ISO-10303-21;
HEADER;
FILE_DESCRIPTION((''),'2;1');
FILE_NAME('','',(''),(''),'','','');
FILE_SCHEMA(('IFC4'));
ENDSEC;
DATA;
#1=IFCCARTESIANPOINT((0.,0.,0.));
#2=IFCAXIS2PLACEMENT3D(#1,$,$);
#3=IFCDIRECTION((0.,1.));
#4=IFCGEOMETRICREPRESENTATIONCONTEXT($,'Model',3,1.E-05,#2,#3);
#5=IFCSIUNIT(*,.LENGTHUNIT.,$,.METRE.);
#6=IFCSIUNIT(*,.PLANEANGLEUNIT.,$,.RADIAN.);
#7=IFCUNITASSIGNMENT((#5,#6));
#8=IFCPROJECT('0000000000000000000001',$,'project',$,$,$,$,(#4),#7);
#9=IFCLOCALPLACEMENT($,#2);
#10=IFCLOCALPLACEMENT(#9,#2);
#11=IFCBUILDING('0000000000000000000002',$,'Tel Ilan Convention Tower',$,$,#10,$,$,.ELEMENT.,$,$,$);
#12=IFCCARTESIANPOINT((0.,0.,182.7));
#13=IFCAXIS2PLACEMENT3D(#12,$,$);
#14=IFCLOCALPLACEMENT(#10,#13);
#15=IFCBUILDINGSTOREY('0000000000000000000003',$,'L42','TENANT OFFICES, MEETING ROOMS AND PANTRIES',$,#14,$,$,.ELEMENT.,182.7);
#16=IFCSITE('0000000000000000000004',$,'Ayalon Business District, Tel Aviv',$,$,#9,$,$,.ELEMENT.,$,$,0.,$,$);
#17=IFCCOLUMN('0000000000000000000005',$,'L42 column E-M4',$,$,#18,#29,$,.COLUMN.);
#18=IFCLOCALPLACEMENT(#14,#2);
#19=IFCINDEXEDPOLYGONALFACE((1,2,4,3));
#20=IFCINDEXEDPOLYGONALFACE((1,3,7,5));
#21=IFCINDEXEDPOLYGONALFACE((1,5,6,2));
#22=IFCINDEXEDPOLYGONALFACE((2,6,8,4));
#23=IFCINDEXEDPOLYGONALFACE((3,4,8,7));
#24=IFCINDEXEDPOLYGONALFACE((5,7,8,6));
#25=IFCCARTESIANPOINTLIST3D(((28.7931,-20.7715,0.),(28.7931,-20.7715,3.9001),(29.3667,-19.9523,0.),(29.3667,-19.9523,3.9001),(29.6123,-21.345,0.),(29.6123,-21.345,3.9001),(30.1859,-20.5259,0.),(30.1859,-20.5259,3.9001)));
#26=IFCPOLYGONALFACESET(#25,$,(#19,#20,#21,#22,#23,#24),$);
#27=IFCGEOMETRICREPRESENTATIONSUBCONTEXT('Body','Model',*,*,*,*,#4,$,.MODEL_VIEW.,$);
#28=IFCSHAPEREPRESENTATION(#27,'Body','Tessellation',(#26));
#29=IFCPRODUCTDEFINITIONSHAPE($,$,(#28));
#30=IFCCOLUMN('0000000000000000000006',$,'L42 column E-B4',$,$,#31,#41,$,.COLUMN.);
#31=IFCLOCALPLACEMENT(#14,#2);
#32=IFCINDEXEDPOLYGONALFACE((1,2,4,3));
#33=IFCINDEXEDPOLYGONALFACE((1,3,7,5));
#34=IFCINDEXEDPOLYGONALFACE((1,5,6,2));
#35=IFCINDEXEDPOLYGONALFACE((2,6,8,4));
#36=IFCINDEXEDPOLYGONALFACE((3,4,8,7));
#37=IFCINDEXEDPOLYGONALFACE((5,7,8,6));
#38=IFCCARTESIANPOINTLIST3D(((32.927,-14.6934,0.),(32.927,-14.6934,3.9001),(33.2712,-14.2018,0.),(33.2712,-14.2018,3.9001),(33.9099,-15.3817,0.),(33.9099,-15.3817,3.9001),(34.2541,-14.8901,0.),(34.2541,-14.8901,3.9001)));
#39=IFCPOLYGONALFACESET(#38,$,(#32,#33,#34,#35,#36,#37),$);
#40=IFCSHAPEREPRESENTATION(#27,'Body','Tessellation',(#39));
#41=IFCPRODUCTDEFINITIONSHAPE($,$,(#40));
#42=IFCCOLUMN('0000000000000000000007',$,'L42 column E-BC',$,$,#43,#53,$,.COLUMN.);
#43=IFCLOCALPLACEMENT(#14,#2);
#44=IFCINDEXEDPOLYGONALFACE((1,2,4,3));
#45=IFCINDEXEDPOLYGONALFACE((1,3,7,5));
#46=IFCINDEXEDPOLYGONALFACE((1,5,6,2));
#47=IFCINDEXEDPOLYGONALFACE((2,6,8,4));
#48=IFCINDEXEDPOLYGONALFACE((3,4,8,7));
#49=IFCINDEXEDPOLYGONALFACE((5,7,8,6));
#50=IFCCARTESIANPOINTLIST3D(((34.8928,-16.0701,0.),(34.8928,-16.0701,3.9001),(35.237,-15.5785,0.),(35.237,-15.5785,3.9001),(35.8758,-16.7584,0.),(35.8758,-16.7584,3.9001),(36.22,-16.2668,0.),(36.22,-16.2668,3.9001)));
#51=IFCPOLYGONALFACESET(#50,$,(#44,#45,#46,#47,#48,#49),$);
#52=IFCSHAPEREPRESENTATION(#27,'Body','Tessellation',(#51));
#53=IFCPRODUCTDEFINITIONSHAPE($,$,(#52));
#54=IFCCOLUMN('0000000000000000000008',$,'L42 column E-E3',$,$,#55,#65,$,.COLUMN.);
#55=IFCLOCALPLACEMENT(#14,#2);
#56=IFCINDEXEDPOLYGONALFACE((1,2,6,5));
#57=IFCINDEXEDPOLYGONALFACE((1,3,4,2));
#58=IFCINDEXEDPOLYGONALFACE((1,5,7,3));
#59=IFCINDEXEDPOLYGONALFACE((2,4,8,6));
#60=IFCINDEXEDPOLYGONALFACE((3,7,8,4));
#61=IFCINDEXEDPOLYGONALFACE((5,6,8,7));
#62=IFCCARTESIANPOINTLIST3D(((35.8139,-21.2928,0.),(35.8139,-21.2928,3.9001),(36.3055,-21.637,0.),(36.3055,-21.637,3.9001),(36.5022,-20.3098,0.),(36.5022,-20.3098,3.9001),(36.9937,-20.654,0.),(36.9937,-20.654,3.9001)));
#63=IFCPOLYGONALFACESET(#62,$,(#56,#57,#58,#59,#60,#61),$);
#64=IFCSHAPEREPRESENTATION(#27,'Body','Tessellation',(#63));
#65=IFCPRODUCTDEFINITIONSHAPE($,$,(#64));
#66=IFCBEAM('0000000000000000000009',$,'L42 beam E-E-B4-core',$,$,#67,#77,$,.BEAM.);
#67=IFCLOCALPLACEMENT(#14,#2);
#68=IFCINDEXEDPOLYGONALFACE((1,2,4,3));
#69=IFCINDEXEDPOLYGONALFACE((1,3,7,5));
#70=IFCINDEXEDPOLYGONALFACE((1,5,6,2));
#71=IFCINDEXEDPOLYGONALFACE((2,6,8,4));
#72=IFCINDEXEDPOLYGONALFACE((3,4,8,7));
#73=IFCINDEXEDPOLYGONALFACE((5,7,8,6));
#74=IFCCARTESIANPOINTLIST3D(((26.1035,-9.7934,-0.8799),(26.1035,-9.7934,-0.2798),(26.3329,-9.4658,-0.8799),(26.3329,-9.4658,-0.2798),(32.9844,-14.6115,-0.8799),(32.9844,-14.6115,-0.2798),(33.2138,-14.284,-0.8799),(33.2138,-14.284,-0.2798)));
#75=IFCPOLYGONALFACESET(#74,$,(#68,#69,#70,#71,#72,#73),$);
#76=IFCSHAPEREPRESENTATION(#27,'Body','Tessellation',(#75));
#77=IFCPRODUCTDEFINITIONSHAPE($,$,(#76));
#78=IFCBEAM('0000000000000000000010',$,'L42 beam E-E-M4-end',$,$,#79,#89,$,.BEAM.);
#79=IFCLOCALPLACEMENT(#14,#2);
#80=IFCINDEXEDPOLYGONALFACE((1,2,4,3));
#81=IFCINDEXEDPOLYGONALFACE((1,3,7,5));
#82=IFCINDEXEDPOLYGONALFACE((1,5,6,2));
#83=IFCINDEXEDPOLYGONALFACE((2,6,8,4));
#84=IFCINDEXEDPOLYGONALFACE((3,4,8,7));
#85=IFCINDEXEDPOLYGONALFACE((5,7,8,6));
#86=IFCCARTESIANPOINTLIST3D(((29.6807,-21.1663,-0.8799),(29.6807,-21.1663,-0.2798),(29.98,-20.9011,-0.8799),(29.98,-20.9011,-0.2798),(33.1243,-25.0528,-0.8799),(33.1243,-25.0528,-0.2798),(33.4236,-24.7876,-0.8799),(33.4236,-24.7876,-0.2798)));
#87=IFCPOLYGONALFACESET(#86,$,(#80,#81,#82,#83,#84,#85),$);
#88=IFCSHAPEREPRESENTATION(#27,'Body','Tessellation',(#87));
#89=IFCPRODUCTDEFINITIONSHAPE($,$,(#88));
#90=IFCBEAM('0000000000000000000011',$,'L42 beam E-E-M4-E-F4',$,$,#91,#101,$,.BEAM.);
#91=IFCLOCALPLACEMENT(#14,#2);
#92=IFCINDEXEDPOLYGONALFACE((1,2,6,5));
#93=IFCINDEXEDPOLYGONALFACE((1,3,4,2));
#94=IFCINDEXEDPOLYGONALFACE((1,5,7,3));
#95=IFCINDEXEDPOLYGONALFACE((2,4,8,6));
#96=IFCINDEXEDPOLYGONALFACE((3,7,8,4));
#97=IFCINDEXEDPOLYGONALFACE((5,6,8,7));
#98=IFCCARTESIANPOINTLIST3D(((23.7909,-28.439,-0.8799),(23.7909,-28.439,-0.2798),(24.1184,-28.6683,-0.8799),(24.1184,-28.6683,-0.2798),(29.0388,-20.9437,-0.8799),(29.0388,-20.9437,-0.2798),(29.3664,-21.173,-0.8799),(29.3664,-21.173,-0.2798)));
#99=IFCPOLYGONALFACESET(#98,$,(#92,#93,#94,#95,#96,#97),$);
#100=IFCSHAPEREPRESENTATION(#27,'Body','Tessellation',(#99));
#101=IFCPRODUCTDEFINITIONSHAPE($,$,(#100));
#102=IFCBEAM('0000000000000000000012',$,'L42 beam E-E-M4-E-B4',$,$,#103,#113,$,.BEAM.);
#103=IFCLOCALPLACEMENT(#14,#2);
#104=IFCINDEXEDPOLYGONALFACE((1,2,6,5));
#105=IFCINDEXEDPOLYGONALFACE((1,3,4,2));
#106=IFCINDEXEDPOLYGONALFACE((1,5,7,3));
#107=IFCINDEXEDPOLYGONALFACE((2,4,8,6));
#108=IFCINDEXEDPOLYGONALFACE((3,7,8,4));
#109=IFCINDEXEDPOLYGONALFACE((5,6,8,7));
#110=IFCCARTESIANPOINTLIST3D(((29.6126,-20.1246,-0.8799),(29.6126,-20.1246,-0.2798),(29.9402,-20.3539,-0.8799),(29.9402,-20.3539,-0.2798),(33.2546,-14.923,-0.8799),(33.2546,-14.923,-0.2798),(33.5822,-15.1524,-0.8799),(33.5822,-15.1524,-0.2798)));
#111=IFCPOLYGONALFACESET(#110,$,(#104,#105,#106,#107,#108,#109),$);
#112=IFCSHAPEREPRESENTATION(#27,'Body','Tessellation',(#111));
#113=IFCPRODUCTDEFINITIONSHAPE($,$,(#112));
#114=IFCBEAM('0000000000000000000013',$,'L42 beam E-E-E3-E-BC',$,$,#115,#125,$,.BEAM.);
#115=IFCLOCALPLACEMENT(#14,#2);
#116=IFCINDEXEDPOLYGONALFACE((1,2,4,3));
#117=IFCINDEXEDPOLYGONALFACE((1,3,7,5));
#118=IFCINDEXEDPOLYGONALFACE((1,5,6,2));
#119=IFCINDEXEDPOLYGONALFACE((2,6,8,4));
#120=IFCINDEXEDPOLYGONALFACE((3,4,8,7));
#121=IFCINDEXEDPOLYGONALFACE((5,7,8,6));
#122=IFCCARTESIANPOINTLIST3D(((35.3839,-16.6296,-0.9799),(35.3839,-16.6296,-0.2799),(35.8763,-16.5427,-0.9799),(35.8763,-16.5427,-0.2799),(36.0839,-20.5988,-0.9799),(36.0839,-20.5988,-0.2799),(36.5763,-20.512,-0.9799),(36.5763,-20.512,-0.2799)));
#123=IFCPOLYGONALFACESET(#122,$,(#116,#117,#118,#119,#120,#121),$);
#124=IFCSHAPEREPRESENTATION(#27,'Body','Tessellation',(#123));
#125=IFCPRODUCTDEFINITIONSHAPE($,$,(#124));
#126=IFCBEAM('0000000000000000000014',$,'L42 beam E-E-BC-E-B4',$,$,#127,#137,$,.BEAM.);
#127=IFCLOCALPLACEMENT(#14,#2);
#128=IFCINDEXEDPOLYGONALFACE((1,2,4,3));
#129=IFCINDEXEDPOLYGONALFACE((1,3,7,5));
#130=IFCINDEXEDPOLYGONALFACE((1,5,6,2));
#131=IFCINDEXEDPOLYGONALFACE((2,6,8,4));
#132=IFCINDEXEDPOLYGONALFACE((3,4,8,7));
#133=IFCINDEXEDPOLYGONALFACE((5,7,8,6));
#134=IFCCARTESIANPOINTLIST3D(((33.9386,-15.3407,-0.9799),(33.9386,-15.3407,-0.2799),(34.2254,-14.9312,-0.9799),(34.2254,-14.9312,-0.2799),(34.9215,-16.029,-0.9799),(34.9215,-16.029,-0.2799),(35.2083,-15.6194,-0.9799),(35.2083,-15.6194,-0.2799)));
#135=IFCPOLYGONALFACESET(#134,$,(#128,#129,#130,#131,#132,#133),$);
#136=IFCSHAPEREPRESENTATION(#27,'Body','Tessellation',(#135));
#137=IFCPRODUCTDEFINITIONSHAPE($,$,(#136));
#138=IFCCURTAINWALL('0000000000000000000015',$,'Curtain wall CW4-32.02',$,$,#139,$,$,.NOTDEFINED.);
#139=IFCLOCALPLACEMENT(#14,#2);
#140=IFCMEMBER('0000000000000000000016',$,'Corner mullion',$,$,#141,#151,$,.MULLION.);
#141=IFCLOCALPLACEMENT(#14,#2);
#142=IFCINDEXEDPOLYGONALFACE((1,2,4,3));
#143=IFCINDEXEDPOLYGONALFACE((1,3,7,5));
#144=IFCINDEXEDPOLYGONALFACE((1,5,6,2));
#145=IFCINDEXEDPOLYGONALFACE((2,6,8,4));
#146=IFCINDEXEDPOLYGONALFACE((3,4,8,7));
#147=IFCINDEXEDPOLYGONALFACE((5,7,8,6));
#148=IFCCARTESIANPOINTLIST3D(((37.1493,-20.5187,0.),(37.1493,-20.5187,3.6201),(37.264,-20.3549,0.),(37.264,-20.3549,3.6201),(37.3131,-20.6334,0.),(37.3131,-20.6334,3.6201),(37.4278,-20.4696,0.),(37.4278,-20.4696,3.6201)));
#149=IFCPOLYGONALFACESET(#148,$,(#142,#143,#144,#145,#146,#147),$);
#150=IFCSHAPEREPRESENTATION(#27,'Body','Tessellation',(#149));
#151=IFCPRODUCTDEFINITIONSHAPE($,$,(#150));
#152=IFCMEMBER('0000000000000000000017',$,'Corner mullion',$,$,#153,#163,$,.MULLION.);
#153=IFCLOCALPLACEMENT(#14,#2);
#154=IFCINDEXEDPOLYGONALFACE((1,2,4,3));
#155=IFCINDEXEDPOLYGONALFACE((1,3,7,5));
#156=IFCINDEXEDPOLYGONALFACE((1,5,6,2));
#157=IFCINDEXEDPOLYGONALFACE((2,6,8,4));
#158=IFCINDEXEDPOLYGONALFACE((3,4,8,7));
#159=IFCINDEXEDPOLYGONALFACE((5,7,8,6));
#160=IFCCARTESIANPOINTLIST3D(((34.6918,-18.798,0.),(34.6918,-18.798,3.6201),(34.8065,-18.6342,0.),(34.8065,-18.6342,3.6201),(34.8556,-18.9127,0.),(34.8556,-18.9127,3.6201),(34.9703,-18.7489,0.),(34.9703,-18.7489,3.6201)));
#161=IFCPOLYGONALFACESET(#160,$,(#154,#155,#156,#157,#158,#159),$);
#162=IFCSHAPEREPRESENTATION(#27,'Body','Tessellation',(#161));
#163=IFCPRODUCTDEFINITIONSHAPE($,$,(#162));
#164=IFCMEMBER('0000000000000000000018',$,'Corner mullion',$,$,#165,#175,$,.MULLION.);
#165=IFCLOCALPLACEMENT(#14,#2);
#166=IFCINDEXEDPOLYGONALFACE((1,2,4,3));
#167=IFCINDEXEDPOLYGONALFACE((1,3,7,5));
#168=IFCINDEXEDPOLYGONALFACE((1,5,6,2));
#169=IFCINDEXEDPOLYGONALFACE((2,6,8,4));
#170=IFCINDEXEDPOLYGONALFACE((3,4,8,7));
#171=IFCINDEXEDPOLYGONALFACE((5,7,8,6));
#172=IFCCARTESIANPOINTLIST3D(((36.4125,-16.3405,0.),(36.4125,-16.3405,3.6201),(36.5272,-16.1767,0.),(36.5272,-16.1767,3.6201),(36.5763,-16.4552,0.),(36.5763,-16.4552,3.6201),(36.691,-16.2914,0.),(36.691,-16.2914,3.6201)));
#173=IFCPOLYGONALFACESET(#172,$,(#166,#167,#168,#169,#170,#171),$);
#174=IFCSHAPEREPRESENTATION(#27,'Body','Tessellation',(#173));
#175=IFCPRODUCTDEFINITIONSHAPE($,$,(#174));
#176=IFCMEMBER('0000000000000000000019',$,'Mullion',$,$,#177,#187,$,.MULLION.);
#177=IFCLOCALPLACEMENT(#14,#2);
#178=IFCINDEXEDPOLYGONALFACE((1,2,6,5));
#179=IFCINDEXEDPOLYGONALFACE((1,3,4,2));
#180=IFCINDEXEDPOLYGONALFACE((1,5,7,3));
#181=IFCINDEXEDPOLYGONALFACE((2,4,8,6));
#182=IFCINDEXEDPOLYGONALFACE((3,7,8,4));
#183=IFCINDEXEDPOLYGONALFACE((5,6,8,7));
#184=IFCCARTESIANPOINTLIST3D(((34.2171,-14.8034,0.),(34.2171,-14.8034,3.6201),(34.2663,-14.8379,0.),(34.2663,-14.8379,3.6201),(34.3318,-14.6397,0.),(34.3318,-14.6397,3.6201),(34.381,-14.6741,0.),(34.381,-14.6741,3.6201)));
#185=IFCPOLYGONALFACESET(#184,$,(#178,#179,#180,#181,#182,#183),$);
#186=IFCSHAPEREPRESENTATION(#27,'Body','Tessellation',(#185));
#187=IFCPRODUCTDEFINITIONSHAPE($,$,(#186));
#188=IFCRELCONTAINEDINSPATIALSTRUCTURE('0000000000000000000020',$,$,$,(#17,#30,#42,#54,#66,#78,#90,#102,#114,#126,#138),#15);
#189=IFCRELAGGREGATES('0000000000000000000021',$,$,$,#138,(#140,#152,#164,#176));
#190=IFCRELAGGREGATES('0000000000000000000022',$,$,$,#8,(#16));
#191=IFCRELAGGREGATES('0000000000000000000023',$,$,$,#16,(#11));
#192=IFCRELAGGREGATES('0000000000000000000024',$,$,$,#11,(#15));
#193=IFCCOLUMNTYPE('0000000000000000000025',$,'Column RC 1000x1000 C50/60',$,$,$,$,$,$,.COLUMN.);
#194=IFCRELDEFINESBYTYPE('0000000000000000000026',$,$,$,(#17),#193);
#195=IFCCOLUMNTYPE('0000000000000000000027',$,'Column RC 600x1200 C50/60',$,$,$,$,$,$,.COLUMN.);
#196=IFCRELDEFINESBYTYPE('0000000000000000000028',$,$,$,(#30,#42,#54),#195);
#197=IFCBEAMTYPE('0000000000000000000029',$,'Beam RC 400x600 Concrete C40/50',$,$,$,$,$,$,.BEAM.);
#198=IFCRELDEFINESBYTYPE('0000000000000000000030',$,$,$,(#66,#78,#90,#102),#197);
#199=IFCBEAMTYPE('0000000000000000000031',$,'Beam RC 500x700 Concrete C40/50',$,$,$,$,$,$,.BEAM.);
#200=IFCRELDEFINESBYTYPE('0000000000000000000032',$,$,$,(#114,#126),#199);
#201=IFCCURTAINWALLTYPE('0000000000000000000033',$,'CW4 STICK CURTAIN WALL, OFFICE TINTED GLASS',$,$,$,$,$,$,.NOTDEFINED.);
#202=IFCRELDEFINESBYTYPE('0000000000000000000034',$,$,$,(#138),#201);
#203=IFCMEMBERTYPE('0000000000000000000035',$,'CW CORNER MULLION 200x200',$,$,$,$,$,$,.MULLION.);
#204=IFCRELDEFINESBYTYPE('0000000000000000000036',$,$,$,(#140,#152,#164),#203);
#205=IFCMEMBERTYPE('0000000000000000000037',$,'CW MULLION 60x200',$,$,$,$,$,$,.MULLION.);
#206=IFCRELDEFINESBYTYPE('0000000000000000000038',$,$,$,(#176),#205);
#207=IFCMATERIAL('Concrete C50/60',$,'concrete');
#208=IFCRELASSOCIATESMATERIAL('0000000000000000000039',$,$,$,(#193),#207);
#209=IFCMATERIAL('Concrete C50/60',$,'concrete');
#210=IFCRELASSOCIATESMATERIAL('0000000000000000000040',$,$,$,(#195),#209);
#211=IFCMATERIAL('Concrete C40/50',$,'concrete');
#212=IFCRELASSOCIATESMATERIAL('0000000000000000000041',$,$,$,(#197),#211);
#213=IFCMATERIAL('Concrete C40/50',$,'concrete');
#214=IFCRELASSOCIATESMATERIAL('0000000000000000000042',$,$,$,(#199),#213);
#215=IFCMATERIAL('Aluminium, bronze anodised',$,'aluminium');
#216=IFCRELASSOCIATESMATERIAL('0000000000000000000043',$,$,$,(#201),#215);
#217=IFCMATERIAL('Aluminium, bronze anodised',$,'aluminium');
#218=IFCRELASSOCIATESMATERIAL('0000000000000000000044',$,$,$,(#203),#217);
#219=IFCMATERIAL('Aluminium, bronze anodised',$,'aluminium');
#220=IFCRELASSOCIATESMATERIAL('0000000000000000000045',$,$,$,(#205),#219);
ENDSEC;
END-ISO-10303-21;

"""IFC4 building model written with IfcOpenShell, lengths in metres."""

from ifc_helpers import new_model, si_unit, direction, frame, origin, origin_2d, place, context, subcontext, project, spatial, rectangle, extrude, material, material_profile, profile_set, type_object, element, aggregate, save


model = new_model("IFC4")

# Units and contexts
model_context = context("Model", 3, precision=1e-05, world=origin(), true_north=direction((0.0, 1.0)))
body_context = subcontext(model_context, "Body", "Model", "MODEL_VIEW")
ifc_project = project(units=[si_unit("LENGTHUNIT", "METRE"), si_unit("PLANEANGLEUNIT", "RADIAN")], contexts=[model_context])

# Site, building, storey
site_placement = place(None, origin())
site = spatial("IfcSite", under=ifc_project, at=site_placement, Name="Ayalon Business District, Tel Aviv", CompositionType="ELEMENT", RefElevation=0.0)
building_placement = place(site_placement, origin())
building = spatial("IfcBuilding", under=site, at=building_placement, Name="Tel Ilan Convention Tower", CompositionType="ELEMENT")
storey_placement = place(building_placement, frame((0.0, 0.0, 182.7)))
storey = spatial("IfcBuildingStorey", under=building, at=storey_placement, Name="L42", Description="TENANT OFFICES, MEETING ROOMS AND PANTRIES", CompositionType="ELEMENT", Elevation=182.7)

# Columns
ifc_material_1 = material(Name="Concrete C50/60", Category="concrete")
ifc_material_profile_1 = material_profile(ifc_material_1, rectangle(XDim=1.0, YDim=1.0, at=origin_2d()), Name="RC 1000x1000")
ifc_profile_set_1 = profile_set([ifc_material_profile_1], Name="Concrete C50/60")
column_type_1 = type_object("IfcColumnType", Name="Column RC 1000x1000 C50/60", PredefinedType="COLUMN", material=ifc_profile_set_1)
column_placement = place(storey_placement, frame((29.4895, -20.6487, 0.0), z_axis=(0.0, 0.0, 1.0), x_axis=(0.819152, -0.573576, 0.0)))
element("IfcColumn", 1, at=column_placement, inside=storey, type_object=column_type_1, Name="L42 column E-M4", PredefinedType="COLUMN", context=body_context, shape_type="SweptSolid", body=[
    extrude(rectangle(XDim=1.0, YDim=1.0, at=origin_2d()), origin(), (0.0, 0.0, 1.0), 3.9001),
])
ifc_material_2 = material(Name="Concrete C50/60", Category="concrete")
ifc_material_profile_2 = material_profile(ifc_material_2, rectangle(XDim=1.2, YDim=0.6001, at=origin_2d()), Name="RC 600x1200")
ifc_profile_set_2 = profile_set([ifc_material_profile_2], Name="Concrete C50/60")
column_type_2 = type_object("IfcColumnType", Name="Column RC 600x1200 C50/60", PredefinedType="COLUMN", material=ifc_profile_set_2)
for number, where, z_axis, x_axis, name in (
    (2, (33.5906, -14.7917, 0.0), (0.0, 0.0, 1.0), (0.819152, -0.573576, 0.0), "L42 column E-B4"),
    (3, (35.5564, -16.1685, 0.0), (0.0, 0.0, 1.0), (0.819152, -0.573576, 0.0), "L42 column E-BC"),
    (4, (36.4038, -20.9734, 0.0), (0.0, 0.0, 1.0), (0.573576, 0.819152, 0.0), "L42 column E-E3"),
):
    element("IfcColumn", number, at=place(storey_placement, frame(where, z_axis=z_axis, x_axis=x_axis)), inside=storey, type_object=column_type_2, Name=name, PredefinedType="COLUMN", context=body_context, shape_type="SweptSolid", body=[
        extrude(rectangle(XDim=1.2, YDim=0.6001, at=origin_2d()), origin(), (0.0, 0.0, 1.0), 3.9001),
    ])

# Beams
ifc_material_3 = material(Name="Concrete C40/50", Category="concrete")
ifc_material_profile_3 = material_profile(ifc_material_3, rectangle(XDim=0.3999, YDim=0.6001, at=origin_2d()), Name="RC 400x600")
ifc_profile_set_3 = profile_set([ifc_material_profile_3], Name="Concrete C40/50")
beam_type_1 = type_object("IfcBeamType", Name="Beam RC 400x600 Concrete C40/50", PredefinedType="BEAM", material=ifc_profile_set_3)
beam_1_placement = place(storey_placement, frame((33.0991, -14.4478, -0.5798), z_axis=(-0.819147, 0.573583, 0.0), x_axis=(-0.573583, -0.819147, 0.0)))
element("IfcBeam", 5, at=beam_1_placement, inside=storey, type_object=beam_type_1, Name="L42 beam E-E-B4-core", PredefinedType="BEAM", context=body_context, shape_type="SweptSolid", body=[
    extrude(rectangle(XDim=0.3999, YDim=0.6001, at=origin_2d()), origin(), (0.0, 0.0, 1.0), 8.4001),
])
beam_2_placement = place(storey_placement, frame((29.8303, -21.0337, -0.5798), z_axis=(0.663175, -0.748464, 0.0), x_axis=(0.748464, 0.663175, 0.0)))
element("IfcBeam", 6, at=beam_2_placement, inside=storey, type_object=beam_type_1, Name="L42 beam E-E-M4-end", PredefinedType="BEAM", context=body_context, shape_type="SweptSolid", body=[
    extrude(rectangle(XDim=0.3999, YDim=0.6001, at=origin_2d()), origin(), (0.0, 0.0, 1.0), 5.1926),
])
beam_3_placement = place(storey_placement, frame((29.2026, -21.0583, -0.5798), z_axis=(-0.573557, -0.819165, 0.0), x_axis=(0.819165, -0.573557, 0.0)))
element("IfcBeam", 7, at=beam_3_placement, inside=storey, type_object=beam_type_1, Name="L42 beam E-E-M4-E-F4", PredefinedType="BEAM", context=body_context, shape_type="SweptSolid", body=[
    extrude(rectangle(XDim=0.3999, YDim=0.6001, at=origin_2d()), origin(), (0.0, 0.0, 1.0), 9.1499),
])
beam_4_placement = place(storey_placement, frame((29.7764, -20.2393, -0.5798), z_axis=(0.57356, 0.819163, 0.0), x_axis=(-0.819163, 0.57356, 0.0)))
element("IfcBeam", 8, at=beam_4_placement, inside=storey, type_object=beam_type_1, Name="L42 beam E-E-M4-E-B4", PredefinedType="BEAM", context=body_context, shape_type="SweptSolid", body=[
    extrude(rectangle(XDim=0.3999, YDim=0.6001, at=origin_2d()), origin(), (0.0, 0.0, 1.0), 6.3499),
])
ifc_material_4 = material(Name="Concrete C40/50", Category="concrete")
ifc_material_profile_4 = material_profile(ifc_material_4, rectangle(XDim=0.5, YDim=0.7, at=origin_2d()), Name="RC 500x700")
ifc_profile_set_4 = profile_set([ifc_material_profile_4], Name="Concrete C40/50")
beam_type_2 = type_object("IfcBeamType", Name="Beam RC 500x700 Concrete C40/50", PredefinedType="BEAM", material=ifc_profile_set_4)
beam_5_placement = place(storey_placement, frame((36.3301, -20.5554, -0.6299), z_axis=(-0.173664, 0.984805, 0.0), x_axis=(-0.984805, -0.173664, 0.0)))
element("IfcBeam", 9, at=beam_5_placement, inside=storey, type_object=beam_type_2, Name="L42 beam E-E-E3-E-BC", PredefinedType="BEAM", context=body_context, shape_type="SweptSolid", body=[
    extrude(rectangle(XDim=0.5, YDim=0.7, at=origin_2d()), origin(), (0.0, 0.0, 1.0), 4.0305),
])
beam_6_placement = place(storey_placement, frame((35.0649, -15.8242, -0.6299), z_axis=(-0.819155, 0.573572, 0.0), x_axis=(-0.573572, -0.819155, 0.0)))
element("IfcBeam", 10, at=beam_6_placement, inside=storey, type_object=beam_type_2, Name="L42 beam E-E-BC-E-B4", PredefinedType="BEAM", context=body_context, shape_type="SweptSolid", body=[
    extrude(rectangle(XDim=0.5, YDim=0.7, at=origin_2d()), origin(), (0.0, 0.0, 1.0), 1.2),
])

# Curtain wall, members
ifc_material_5 = material(Name="Aluminium, bronze anodised", Category="aluminium")
curtain_wall_type = type_object("IfcCurtainWallType", Name="CW4 STICK CURTAIN WALL, OFFICE TINTED GLASS", PredefinedType="NOTDEFINED", material=ifc_material_5)
curtain_wall_placement = place(storey_placement, origin())
curtain_wall = element("IfcCurtainWall", 11, at=curtain_wall_placement, inside=storey, type_object=curtain_wall_type, Name="Curtain wall CW4-32.02", PredefinedType="NOTDEFINED")
ifc_material_6 = material(Name="Aluminium, bronze anodised", Category="aluminium")
ifc_material_profile_5 = material_profile(ifc_material_6, rectangle(XDim=0.2, YDim=0.2, at=origin_2d()), Name="CW CORNER MULLION 200x200")
ifc_profile_set_5 = profile_set([ifc_material_profile_5], Name="Aluminium, bronze anodised")
member_type_1 = type_object("IfcMemberType", Name="CW CORNER MULLION 200x200", PredefinedType="MULLION", material=ifc_profile_set_5)
member_1_placement = place(storey_placement, frame((37.2886, -20.4941, 0.0), z_axis=(0.0, 0.0, 1.0), x_axis=(0.573576, 0.819152, 0.0)))
member_1 = element("IfcMember", 12, at=member_1_placement, type_object=member_type_1, Name="Corner mullion", PredefinedType="MULLION", context=body_context, shape_type="SweptSolid", body=[
    extrude(rectangle(XDim=0.2, YDim=0.2, at=origin_2d()), origin(), (0.0, 0.0, 1.0), 3.6201),
])
member_2_placement = place(storey_placement, frame((34.8311, -18.7734, 0.0), z_axis=(0.0, 0.0, 1.0), x_axis=(-0.819152, 0.573576, 0.0)))
member_2 = element("IfcMember", 13, at=member_2_placement, type_object=member_type_1, Name="Corner mullion", PredefinedType="MULLION", context=body_context, shape_type="SweptSolid", body=[
    extrude(rectangle(XDim=0.2, YDim=0.2, at=origin_2d()), origin(), (0.0, 0.0, 1.0), 3.6201),
])
member_3_placement = place(storey_placement, frame((36.5518, -16.3159, 0.0), z_axis=(0.0, 0.0, 1.0), x_axis=(0.573576, 0.819152, 0.0)))
member_3 = element("IfcMember", 14, at=member_3_placement, type_object=member_type_1, Name="Corner mullion", PredefinedType="MULLION", context=body_context, shape_type="SweptSolid", body=[
    extrude(rectangle(XDim=0.2, YDim=0.2, at=origin_2d()), origin(), (0.0, 0.0, 1.0), 3.6201),
])
ifc_material_7 = material(Name="Aluminium, bronze anodised", Category="aluminium")
ifc_material_profile_6 = material_profile(ifc_material_7, rectangle(XDim=0.0601, YDim=0.2, at=origin_2d()), Name="CW MULLION 60x200")
ifc_profile_set_6 = profile_set([ifc_material_profile_6], Name="Aluminium, bronze anodised")
member_type_2 = type_object("IfcMemberType", Name="CW MULLION 60x200", PredefinedType="MULLION", material=ifc_profile_set_6)
member_4_placement = place(storey_placement, frame((34.2991, -14.7388, 0.0), z_axis=(0.0, 0.0, 1.0), x_axis=(-0.819152, 0.573576, 0.0)))
member_4 = element("IfcMember", 15, at=member_4_placement, type_object=member_type_2, Name="Mullion", PredefinedType="MULLION", context=body_context, shape_type="SweptSolid", body=[
    extrude(rectangle(XDim=0.0601, YDim=0.2, at=origin_2d()), origin(), (0.0, 0.0, 1.0), 3.6201),
])
aggregate(curtain_wall, [member_1, member_2, member_3, member_4])

save(model, "model.ifc")
